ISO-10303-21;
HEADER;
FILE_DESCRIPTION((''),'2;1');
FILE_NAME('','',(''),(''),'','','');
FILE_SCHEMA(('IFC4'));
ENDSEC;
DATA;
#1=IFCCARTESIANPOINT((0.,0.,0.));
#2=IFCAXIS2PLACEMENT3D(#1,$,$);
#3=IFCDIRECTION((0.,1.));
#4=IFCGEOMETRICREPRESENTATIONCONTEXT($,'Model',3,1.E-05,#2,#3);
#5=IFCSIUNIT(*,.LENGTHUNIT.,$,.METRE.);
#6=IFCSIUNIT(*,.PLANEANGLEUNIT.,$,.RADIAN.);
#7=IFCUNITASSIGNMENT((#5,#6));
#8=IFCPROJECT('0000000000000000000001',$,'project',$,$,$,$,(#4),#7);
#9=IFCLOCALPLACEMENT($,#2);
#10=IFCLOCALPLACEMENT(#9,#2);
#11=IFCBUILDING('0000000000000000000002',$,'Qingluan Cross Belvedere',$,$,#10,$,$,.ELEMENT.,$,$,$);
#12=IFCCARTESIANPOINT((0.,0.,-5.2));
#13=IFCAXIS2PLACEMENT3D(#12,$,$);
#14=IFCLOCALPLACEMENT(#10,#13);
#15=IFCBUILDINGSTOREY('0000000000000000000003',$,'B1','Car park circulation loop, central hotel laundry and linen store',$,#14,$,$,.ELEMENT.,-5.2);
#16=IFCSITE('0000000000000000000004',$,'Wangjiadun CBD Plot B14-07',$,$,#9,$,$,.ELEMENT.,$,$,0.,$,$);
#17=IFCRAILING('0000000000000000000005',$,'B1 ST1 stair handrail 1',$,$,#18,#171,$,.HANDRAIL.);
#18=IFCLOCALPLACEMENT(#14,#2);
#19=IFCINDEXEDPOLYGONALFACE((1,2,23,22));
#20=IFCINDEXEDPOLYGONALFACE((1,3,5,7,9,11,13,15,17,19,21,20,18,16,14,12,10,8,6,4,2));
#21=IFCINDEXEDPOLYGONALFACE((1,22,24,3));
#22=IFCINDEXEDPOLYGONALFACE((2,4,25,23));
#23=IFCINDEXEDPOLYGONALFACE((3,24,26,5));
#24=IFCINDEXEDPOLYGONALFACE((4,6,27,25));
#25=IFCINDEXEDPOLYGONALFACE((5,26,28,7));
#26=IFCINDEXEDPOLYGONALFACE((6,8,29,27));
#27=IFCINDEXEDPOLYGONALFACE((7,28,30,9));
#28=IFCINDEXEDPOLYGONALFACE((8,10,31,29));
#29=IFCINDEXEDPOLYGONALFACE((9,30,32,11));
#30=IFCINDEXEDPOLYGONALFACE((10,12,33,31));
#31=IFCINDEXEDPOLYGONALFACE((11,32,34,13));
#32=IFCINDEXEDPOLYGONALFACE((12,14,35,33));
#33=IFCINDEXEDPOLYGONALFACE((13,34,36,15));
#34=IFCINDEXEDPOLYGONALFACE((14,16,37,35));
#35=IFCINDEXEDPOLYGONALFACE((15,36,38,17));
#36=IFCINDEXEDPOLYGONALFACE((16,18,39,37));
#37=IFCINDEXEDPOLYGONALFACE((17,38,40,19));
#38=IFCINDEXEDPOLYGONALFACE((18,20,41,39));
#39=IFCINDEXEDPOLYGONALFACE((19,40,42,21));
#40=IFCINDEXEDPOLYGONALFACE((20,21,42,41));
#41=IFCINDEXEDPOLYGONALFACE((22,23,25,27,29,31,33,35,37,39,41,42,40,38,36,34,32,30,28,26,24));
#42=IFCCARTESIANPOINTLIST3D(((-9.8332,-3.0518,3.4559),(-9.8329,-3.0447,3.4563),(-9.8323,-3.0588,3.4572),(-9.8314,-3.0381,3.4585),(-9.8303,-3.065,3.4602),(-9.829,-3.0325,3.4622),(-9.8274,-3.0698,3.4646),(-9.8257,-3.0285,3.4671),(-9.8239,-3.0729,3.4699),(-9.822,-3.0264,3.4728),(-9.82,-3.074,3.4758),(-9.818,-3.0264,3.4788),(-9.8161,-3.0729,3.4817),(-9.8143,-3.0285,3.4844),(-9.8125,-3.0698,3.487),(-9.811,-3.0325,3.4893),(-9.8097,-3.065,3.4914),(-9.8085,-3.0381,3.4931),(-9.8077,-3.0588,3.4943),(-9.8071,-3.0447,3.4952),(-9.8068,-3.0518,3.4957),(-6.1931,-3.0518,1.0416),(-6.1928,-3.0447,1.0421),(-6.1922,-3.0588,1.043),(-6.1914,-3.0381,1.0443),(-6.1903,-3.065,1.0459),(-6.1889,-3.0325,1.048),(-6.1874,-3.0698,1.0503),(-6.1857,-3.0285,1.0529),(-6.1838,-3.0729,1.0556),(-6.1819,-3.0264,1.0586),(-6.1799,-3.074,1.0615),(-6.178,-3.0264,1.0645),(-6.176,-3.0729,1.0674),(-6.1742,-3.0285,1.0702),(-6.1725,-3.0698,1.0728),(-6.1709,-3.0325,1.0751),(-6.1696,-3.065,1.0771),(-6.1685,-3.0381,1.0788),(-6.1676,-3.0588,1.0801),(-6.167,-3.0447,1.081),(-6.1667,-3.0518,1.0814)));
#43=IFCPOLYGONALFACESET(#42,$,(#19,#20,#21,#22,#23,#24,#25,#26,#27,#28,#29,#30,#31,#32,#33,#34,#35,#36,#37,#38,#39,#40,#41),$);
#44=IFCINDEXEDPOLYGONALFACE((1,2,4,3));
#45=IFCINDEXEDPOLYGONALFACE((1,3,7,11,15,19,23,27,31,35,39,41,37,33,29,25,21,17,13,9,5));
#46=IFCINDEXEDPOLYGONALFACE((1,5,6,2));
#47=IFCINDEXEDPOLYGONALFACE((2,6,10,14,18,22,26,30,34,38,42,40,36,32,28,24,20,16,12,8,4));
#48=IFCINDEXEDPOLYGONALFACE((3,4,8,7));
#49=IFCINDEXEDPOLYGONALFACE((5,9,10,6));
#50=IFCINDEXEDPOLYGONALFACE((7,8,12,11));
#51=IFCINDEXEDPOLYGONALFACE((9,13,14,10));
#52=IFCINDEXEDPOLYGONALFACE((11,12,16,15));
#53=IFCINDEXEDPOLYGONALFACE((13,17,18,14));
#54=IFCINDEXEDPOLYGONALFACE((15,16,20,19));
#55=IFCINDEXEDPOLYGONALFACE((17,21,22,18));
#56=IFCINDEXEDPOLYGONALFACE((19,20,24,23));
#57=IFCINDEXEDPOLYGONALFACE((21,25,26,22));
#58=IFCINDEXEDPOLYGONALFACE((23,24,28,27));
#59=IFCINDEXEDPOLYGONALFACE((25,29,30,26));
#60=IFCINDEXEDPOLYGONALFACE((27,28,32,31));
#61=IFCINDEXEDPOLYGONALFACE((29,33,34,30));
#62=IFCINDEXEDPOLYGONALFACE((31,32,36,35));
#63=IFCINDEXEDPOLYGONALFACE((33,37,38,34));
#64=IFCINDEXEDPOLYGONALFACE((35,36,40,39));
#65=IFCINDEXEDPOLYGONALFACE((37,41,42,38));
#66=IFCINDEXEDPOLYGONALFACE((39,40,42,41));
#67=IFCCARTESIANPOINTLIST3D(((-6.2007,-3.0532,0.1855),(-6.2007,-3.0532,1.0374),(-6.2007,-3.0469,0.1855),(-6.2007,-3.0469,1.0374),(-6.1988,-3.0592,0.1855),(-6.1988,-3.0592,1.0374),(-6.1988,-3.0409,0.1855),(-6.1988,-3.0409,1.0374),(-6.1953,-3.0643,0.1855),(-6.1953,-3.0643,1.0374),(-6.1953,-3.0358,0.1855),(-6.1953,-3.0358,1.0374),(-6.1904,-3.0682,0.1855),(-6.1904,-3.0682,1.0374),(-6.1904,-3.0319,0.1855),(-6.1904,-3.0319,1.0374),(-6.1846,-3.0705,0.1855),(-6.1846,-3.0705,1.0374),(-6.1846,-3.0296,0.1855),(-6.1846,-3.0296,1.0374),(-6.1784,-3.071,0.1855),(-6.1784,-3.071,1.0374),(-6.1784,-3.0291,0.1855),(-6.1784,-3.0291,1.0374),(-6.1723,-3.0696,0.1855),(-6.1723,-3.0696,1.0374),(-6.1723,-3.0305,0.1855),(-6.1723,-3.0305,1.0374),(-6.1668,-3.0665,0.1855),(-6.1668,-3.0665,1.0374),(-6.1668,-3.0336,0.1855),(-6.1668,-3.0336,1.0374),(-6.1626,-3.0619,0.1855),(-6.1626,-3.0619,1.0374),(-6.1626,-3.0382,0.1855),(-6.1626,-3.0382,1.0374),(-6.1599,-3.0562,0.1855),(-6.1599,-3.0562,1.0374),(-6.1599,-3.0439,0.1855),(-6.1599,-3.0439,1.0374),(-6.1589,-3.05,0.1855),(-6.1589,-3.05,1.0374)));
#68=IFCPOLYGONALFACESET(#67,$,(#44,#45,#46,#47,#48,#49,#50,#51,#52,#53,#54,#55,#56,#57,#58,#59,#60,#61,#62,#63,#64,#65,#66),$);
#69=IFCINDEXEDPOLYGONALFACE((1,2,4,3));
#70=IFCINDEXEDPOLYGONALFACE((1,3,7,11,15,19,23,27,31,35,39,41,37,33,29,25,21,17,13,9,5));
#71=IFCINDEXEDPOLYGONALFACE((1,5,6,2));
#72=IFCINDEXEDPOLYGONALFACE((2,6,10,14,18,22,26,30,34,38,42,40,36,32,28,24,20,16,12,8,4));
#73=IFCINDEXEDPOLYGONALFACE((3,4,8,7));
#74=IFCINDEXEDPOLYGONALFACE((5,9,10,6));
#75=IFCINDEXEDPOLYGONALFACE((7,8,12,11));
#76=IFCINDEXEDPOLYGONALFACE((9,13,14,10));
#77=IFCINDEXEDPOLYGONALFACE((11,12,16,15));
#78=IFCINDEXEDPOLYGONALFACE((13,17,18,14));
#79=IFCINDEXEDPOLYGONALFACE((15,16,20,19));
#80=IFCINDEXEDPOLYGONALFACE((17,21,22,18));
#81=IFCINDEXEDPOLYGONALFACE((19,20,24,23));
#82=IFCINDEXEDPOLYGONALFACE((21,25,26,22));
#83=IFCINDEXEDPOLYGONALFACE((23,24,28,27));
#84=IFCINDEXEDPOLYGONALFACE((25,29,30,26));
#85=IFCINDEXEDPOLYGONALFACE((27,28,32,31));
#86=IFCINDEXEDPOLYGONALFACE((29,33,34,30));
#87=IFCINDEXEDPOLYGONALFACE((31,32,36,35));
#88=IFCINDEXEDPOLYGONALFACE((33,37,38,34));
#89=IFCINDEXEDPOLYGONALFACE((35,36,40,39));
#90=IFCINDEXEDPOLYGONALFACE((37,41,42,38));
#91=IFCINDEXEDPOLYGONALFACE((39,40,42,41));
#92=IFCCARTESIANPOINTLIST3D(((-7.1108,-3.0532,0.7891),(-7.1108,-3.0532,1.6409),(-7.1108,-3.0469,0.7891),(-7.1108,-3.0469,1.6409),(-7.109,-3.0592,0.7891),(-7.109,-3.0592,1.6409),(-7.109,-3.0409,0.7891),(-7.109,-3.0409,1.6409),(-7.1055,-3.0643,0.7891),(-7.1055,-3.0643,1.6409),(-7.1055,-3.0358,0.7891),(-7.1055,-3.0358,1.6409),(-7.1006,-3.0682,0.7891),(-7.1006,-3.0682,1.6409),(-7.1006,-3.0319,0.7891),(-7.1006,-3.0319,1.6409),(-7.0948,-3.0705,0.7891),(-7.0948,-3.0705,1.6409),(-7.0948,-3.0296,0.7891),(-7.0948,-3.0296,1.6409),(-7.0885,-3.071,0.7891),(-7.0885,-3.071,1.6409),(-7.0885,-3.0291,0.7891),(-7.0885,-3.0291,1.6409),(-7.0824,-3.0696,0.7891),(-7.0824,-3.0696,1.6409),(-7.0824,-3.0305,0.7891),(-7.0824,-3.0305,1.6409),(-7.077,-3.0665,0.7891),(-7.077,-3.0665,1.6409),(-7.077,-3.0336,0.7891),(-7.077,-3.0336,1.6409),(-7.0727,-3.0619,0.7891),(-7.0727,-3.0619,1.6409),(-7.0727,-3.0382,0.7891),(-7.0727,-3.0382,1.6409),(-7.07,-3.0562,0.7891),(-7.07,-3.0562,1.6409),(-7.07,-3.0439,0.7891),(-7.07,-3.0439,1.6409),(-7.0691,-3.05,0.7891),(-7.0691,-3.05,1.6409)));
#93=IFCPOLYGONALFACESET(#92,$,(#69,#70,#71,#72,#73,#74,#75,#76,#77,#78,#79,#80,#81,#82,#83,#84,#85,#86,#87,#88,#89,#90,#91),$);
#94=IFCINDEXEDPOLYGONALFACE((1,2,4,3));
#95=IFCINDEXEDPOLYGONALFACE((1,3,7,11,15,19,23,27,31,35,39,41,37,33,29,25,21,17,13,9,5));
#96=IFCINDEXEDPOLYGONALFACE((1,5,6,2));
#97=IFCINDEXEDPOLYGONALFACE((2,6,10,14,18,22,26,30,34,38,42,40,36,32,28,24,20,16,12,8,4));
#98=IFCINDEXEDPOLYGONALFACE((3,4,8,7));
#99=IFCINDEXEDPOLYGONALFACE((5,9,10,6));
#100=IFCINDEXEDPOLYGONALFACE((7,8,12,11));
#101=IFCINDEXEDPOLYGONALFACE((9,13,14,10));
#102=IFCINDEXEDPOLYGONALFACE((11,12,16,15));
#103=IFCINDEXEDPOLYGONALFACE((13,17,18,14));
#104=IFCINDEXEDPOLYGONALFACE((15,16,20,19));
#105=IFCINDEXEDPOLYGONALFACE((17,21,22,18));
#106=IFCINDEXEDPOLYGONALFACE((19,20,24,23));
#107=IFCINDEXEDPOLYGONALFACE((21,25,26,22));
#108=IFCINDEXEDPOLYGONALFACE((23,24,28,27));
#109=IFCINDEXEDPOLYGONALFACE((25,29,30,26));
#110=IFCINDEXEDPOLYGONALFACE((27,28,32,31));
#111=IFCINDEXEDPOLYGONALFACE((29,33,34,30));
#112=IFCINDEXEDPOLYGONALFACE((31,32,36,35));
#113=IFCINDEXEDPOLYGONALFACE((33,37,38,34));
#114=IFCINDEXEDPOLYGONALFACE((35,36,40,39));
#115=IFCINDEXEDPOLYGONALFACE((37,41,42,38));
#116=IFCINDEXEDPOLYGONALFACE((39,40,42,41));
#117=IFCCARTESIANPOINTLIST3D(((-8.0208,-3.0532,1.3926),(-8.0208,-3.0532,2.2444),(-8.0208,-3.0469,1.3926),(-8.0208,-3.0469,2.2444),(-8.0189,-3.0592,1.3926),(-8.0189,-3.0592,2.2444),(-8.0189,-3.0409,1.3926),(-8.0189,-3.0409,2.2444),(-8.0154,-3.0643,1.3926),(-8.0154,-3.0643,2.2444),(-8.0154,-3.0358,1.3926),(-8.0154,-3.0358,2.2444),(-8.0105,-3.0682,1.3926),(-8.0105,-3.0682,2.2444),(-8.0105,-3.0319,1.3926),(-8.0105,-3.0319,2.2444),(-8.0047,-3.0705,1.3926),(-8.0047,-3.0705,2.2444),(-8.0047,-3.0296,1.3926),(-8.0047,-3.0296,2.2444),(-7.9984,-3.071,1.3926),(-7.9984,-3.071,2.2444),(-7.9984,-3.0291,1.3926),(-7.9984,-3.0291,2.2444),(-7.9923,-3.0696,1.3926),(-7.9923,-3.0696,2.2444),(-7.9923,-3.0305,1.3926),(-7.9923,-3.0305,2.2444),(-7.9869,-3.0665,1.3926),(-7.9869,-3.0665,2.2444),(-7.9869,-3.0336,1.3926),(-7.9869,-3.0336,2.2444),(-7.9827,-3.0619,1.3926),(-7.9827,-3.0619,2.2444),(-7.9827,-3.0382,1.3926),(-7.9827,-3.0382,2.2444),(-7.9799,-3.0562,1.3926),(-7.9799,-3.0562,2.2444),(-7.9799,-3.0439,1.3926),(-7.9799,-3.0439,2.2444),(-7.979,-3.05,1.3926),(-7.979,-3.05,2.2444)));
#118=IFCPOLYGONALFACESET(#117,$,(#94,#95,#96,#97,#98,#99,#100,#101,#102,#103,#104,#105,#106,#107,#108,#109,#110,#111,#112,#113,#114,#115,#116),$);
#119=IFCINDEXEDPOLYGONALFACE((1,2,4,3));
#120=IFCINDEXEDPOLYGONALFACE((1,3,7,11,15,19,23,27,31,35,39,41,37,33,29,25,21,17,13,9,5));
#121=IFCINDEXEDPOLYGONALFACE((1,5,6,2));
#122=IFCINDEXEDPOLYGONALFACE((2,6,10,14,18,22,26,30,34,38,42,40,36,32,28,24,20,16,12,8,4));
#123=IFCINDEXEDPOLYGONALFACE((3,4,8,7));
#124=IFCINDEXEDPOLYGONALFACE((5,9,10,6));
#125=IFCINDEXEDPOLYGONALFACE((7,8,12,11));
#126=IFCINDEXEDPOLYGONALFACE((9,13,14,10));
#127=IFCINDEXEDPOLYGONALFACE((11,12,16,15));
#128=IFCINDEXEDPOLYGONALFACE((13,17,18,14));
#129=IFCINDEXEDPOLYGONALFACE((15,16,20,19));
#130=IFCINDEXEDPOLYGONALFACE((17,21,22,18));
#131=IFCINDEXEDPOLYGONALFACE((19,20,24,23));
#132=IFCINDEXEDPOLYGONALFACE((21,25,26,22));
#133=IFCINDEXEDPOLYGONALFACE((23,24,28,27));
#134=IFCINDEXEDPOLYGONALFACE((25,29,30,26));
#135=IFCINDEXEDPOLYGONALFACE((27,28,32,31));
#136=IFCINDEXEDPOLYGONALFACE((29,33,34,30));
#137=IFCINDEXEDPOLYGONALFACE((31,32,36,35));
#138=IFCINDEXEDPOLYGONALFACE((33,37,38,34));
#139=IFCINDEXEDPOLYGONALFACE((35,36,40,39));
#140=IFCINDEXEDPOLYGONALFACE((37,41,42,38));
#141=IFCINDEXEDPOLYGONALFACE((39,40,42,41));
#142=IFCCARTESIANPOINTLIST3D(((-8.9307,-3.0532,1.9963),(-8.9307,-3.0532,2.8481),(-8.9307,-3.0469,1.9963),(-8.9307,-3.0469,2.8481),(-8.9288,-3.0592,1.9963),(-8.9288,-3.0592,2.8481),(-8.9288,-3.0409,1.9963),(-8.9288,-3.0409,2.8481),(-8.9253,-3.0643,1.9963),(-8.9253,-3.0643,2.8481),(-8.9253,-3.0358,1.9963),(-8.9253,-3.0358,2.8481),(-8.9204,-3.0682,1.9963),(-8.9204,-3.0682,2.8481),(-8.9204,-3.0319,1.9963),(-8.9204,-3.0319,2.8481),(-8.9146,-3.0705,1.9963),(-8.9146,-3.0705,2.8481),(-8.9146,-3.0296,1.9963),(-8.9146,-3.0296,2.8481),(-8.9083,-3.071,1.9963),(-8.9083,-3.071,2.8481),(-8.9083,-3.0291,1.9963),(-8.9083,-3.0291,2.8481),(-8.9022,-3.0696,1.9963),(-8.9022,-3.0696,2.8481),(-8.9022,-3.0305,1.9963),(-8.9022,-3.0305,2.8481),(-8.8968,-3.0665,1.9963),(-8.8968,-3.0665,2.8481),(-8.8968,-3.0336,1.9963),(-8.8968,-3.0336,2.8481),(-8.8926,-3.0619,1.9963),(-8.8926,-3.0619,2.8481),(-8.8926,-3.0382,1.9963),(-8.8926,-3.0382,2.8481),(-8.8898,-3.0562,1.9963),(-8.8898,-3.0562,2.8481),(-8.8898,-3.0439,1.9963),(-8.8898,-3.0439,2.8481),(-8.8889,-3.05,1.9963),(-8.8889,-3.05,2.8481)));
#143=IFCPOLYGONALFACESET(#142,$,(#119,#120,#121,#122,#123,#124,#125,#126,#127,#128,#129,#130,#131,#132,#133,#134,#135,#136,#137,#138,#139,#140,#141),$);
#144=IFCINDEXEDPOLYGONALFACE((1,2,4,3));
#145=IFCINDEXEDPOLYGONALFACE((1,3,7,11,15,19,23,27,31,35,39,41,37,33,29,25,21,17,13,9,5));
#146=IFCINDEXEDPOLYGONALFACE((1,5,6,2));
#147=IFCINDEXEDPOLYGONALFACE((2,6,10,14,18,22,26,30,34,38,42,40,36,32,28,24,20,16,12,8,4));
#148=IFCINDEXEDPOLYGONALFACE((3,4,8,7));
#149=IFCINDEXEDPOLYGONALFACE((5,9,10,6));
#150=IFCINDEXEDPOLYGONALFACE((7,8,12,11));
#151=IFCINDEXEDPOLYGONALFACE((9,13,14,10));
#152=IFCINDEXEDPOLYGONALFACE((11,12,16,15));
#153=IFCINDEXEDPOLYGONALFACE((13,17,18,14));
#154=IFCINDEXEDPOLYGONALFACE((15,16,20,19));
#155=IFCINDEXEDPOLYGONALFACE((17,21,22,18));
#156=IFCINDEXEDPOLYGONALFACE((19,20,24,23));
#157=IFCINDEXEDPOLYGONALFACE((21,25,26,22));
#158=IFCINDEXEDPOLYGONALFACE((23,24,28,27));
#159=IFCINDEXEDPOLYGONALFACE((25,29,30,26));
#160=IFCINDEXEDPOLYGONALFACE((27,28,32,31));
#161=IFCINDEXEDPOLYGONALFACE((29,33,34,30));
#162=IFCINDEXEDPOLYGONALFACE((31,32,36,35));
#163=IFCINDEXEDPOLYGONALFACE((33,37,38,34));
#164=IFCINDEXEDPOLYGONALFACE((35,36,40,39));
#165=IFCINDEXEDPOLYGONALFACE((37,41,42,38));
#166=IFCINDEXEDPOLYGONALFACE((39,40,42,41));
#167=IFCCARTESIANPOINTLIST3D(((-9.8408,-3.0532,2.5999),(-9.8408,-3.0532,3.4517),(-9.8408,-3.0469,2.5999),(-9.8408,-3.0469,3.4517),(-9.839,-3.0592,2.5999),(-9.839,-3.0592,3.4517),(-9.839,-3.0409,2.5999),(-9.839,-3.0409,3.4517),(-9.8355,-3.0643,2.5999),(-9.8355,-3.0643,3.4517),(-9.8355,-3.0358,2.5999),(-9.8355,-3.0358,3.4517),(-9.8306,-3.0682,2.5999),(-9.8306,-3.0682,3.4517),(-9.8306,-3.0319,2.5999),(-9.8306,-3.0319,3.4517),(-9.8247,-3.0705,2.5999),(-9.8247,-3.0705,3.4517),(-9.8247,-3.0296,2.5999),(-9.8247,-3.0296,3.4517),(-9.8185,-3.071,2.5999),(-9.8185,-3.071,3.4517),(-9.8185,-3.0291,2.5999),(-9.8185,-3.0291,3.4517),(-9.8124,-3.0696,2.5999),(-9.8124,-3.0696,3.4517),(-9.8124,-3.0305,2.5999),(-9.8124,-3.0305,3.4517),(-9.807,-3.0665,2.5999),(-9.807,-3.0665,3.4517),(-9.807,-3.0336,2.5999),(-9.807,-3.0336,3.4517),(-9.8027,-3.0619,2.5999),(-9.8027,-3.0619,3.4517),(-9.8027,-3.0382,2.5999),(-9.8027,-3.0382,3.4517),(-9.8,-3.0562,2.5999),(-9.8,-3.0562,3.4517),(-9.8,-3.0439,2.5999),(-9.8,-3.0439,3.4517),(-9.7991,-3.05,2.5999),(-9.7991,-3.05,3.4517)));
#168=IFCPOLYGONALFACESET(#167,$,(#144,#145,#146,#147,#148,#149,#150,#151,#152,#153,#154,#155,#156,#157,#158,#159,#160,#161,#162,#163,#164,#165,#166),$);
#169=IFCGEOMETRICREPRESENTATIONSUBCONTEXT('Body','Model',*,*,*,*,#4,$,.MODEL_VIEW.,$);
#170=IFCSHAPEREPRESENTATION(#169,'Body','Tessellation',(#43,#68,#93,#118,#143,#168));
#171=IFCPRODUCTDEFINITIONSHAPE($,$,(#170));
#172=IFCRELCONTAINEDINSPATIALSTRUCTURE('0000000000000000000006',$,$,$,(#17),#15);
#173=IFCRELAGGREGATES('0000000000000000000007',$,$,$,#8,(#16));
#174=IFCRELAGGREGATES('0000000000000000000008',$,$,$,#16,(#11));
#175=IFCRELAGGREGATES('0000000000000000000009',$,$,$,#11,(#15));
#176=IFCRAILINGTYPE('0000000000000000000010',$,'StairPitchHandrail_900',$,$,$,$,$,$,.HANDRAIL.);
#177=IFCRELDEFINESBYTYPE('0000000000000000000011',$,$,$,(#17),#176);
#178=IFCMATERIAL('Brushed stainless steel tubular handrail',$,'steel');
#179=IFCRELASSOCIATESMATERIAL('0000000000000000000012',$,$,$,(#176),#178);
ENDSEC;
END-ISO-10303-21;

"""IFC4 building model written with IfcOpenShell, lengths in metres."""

from ifc_helpers import new_model, si_unit, direction, frame, origin, origin_2d, place, context, subcontext, project, spatial, circle, extrude, material, type_object, element, save


model = new_model("IFC4")

# Units and contexts
model_context = context("Model", 3, precision=1e-05, world=origin(), true_north=direction((0.0, 1.0)))
body_context = subcontext(model_context, "Body", "Model", "MODEL_VIEW")
ifc_project = project(units=[si_unit("LENGTHUNIT", "METRE"), si_unit("PLANEANGLEUNIT", "RADIAN")], contexts=[model_context])

# Site, building, storey
site_placement = place(None, origin())
site = spatial("IfcSite", under=ifc_project, at=site_placement, Name="Wangjiadun CBD Plot B14-07", CompositionType="ELEMENT", RefElevation=0.0)
building_placement = place(site_placement, origin())
building = spatial("IfcBuilding", under=site, at=building_placement, Name="Qingluan Cross Belvedere", CompositionType="ELEMENT")
storey_placement = place(building_placement, frame((0.0, 0.0, -5.2)))
storey = spatial("IfcBuildingStorey", under=building, at=storey_placement, Name="B1", Description="Car park circulation loop, central hotel laundry and linen store", CompositionType="ELEMENT", Elevation=-5.2)

# Railing
ifc_material_1 = material(Name="Brushed stainless steel tubular handrail", Category="steel")
railing_type_1 = type_object("IfcRailingType", Name="StairPitchHandrail_900", PredefinedType="HANDRAIL", material=ifc_material_1)
railing_1_placement = place(storey_placement, frame((-6.1799, -3.05, 0.1855)))
element("IfcRailing", 1, at=railing_1_placement, inside=storey, type_object=railing_type_1, Name="B1 ST1 stair handrail 1", PredefinedType="HANDRAIL", context=body_context, shape_type="SweptSolid", body=[
    extrude(circle(Radius=0.0239, at=origin_2d()), frame((0.0, 0.0, 0.876), z_axis=(-0.833364, 0.0, 0.552725), x_axis=(0.0, -1.0, 0.0)), (0.0, 0.0, 1.0), 4.3679),
    extrude(circle(Radius=0.021, at=origin_2d()), origin(), (0.0, 0.0, 1.0), 0.8518),
    extrude(circle(Radius=0.021, at=origin_2d()), frame((-0.9102, 0.0, 0.6035)), (0.0, 0.0, 1.0), 0.8518),
    extrude(circle(Radius=0.021, at=origin_2d()), frame((-1.8201, 0.0, 1.207)), (0.0, 0.0, 1.0), 0.8518),
    extrude(circle(Radius=0.021, at=origin_2d()), frame((-2.73, 0.0, 1.8108)), (0.0, 0.0, 1.0), 0.8518),
    extrude(circle(Radius=0.021, at=origin_2d()), frame((-3.6401, 0.0, 2.4143)), (0.0, 0.0, 1.0), 0.8518),
])

save(model, "model.ifc")
